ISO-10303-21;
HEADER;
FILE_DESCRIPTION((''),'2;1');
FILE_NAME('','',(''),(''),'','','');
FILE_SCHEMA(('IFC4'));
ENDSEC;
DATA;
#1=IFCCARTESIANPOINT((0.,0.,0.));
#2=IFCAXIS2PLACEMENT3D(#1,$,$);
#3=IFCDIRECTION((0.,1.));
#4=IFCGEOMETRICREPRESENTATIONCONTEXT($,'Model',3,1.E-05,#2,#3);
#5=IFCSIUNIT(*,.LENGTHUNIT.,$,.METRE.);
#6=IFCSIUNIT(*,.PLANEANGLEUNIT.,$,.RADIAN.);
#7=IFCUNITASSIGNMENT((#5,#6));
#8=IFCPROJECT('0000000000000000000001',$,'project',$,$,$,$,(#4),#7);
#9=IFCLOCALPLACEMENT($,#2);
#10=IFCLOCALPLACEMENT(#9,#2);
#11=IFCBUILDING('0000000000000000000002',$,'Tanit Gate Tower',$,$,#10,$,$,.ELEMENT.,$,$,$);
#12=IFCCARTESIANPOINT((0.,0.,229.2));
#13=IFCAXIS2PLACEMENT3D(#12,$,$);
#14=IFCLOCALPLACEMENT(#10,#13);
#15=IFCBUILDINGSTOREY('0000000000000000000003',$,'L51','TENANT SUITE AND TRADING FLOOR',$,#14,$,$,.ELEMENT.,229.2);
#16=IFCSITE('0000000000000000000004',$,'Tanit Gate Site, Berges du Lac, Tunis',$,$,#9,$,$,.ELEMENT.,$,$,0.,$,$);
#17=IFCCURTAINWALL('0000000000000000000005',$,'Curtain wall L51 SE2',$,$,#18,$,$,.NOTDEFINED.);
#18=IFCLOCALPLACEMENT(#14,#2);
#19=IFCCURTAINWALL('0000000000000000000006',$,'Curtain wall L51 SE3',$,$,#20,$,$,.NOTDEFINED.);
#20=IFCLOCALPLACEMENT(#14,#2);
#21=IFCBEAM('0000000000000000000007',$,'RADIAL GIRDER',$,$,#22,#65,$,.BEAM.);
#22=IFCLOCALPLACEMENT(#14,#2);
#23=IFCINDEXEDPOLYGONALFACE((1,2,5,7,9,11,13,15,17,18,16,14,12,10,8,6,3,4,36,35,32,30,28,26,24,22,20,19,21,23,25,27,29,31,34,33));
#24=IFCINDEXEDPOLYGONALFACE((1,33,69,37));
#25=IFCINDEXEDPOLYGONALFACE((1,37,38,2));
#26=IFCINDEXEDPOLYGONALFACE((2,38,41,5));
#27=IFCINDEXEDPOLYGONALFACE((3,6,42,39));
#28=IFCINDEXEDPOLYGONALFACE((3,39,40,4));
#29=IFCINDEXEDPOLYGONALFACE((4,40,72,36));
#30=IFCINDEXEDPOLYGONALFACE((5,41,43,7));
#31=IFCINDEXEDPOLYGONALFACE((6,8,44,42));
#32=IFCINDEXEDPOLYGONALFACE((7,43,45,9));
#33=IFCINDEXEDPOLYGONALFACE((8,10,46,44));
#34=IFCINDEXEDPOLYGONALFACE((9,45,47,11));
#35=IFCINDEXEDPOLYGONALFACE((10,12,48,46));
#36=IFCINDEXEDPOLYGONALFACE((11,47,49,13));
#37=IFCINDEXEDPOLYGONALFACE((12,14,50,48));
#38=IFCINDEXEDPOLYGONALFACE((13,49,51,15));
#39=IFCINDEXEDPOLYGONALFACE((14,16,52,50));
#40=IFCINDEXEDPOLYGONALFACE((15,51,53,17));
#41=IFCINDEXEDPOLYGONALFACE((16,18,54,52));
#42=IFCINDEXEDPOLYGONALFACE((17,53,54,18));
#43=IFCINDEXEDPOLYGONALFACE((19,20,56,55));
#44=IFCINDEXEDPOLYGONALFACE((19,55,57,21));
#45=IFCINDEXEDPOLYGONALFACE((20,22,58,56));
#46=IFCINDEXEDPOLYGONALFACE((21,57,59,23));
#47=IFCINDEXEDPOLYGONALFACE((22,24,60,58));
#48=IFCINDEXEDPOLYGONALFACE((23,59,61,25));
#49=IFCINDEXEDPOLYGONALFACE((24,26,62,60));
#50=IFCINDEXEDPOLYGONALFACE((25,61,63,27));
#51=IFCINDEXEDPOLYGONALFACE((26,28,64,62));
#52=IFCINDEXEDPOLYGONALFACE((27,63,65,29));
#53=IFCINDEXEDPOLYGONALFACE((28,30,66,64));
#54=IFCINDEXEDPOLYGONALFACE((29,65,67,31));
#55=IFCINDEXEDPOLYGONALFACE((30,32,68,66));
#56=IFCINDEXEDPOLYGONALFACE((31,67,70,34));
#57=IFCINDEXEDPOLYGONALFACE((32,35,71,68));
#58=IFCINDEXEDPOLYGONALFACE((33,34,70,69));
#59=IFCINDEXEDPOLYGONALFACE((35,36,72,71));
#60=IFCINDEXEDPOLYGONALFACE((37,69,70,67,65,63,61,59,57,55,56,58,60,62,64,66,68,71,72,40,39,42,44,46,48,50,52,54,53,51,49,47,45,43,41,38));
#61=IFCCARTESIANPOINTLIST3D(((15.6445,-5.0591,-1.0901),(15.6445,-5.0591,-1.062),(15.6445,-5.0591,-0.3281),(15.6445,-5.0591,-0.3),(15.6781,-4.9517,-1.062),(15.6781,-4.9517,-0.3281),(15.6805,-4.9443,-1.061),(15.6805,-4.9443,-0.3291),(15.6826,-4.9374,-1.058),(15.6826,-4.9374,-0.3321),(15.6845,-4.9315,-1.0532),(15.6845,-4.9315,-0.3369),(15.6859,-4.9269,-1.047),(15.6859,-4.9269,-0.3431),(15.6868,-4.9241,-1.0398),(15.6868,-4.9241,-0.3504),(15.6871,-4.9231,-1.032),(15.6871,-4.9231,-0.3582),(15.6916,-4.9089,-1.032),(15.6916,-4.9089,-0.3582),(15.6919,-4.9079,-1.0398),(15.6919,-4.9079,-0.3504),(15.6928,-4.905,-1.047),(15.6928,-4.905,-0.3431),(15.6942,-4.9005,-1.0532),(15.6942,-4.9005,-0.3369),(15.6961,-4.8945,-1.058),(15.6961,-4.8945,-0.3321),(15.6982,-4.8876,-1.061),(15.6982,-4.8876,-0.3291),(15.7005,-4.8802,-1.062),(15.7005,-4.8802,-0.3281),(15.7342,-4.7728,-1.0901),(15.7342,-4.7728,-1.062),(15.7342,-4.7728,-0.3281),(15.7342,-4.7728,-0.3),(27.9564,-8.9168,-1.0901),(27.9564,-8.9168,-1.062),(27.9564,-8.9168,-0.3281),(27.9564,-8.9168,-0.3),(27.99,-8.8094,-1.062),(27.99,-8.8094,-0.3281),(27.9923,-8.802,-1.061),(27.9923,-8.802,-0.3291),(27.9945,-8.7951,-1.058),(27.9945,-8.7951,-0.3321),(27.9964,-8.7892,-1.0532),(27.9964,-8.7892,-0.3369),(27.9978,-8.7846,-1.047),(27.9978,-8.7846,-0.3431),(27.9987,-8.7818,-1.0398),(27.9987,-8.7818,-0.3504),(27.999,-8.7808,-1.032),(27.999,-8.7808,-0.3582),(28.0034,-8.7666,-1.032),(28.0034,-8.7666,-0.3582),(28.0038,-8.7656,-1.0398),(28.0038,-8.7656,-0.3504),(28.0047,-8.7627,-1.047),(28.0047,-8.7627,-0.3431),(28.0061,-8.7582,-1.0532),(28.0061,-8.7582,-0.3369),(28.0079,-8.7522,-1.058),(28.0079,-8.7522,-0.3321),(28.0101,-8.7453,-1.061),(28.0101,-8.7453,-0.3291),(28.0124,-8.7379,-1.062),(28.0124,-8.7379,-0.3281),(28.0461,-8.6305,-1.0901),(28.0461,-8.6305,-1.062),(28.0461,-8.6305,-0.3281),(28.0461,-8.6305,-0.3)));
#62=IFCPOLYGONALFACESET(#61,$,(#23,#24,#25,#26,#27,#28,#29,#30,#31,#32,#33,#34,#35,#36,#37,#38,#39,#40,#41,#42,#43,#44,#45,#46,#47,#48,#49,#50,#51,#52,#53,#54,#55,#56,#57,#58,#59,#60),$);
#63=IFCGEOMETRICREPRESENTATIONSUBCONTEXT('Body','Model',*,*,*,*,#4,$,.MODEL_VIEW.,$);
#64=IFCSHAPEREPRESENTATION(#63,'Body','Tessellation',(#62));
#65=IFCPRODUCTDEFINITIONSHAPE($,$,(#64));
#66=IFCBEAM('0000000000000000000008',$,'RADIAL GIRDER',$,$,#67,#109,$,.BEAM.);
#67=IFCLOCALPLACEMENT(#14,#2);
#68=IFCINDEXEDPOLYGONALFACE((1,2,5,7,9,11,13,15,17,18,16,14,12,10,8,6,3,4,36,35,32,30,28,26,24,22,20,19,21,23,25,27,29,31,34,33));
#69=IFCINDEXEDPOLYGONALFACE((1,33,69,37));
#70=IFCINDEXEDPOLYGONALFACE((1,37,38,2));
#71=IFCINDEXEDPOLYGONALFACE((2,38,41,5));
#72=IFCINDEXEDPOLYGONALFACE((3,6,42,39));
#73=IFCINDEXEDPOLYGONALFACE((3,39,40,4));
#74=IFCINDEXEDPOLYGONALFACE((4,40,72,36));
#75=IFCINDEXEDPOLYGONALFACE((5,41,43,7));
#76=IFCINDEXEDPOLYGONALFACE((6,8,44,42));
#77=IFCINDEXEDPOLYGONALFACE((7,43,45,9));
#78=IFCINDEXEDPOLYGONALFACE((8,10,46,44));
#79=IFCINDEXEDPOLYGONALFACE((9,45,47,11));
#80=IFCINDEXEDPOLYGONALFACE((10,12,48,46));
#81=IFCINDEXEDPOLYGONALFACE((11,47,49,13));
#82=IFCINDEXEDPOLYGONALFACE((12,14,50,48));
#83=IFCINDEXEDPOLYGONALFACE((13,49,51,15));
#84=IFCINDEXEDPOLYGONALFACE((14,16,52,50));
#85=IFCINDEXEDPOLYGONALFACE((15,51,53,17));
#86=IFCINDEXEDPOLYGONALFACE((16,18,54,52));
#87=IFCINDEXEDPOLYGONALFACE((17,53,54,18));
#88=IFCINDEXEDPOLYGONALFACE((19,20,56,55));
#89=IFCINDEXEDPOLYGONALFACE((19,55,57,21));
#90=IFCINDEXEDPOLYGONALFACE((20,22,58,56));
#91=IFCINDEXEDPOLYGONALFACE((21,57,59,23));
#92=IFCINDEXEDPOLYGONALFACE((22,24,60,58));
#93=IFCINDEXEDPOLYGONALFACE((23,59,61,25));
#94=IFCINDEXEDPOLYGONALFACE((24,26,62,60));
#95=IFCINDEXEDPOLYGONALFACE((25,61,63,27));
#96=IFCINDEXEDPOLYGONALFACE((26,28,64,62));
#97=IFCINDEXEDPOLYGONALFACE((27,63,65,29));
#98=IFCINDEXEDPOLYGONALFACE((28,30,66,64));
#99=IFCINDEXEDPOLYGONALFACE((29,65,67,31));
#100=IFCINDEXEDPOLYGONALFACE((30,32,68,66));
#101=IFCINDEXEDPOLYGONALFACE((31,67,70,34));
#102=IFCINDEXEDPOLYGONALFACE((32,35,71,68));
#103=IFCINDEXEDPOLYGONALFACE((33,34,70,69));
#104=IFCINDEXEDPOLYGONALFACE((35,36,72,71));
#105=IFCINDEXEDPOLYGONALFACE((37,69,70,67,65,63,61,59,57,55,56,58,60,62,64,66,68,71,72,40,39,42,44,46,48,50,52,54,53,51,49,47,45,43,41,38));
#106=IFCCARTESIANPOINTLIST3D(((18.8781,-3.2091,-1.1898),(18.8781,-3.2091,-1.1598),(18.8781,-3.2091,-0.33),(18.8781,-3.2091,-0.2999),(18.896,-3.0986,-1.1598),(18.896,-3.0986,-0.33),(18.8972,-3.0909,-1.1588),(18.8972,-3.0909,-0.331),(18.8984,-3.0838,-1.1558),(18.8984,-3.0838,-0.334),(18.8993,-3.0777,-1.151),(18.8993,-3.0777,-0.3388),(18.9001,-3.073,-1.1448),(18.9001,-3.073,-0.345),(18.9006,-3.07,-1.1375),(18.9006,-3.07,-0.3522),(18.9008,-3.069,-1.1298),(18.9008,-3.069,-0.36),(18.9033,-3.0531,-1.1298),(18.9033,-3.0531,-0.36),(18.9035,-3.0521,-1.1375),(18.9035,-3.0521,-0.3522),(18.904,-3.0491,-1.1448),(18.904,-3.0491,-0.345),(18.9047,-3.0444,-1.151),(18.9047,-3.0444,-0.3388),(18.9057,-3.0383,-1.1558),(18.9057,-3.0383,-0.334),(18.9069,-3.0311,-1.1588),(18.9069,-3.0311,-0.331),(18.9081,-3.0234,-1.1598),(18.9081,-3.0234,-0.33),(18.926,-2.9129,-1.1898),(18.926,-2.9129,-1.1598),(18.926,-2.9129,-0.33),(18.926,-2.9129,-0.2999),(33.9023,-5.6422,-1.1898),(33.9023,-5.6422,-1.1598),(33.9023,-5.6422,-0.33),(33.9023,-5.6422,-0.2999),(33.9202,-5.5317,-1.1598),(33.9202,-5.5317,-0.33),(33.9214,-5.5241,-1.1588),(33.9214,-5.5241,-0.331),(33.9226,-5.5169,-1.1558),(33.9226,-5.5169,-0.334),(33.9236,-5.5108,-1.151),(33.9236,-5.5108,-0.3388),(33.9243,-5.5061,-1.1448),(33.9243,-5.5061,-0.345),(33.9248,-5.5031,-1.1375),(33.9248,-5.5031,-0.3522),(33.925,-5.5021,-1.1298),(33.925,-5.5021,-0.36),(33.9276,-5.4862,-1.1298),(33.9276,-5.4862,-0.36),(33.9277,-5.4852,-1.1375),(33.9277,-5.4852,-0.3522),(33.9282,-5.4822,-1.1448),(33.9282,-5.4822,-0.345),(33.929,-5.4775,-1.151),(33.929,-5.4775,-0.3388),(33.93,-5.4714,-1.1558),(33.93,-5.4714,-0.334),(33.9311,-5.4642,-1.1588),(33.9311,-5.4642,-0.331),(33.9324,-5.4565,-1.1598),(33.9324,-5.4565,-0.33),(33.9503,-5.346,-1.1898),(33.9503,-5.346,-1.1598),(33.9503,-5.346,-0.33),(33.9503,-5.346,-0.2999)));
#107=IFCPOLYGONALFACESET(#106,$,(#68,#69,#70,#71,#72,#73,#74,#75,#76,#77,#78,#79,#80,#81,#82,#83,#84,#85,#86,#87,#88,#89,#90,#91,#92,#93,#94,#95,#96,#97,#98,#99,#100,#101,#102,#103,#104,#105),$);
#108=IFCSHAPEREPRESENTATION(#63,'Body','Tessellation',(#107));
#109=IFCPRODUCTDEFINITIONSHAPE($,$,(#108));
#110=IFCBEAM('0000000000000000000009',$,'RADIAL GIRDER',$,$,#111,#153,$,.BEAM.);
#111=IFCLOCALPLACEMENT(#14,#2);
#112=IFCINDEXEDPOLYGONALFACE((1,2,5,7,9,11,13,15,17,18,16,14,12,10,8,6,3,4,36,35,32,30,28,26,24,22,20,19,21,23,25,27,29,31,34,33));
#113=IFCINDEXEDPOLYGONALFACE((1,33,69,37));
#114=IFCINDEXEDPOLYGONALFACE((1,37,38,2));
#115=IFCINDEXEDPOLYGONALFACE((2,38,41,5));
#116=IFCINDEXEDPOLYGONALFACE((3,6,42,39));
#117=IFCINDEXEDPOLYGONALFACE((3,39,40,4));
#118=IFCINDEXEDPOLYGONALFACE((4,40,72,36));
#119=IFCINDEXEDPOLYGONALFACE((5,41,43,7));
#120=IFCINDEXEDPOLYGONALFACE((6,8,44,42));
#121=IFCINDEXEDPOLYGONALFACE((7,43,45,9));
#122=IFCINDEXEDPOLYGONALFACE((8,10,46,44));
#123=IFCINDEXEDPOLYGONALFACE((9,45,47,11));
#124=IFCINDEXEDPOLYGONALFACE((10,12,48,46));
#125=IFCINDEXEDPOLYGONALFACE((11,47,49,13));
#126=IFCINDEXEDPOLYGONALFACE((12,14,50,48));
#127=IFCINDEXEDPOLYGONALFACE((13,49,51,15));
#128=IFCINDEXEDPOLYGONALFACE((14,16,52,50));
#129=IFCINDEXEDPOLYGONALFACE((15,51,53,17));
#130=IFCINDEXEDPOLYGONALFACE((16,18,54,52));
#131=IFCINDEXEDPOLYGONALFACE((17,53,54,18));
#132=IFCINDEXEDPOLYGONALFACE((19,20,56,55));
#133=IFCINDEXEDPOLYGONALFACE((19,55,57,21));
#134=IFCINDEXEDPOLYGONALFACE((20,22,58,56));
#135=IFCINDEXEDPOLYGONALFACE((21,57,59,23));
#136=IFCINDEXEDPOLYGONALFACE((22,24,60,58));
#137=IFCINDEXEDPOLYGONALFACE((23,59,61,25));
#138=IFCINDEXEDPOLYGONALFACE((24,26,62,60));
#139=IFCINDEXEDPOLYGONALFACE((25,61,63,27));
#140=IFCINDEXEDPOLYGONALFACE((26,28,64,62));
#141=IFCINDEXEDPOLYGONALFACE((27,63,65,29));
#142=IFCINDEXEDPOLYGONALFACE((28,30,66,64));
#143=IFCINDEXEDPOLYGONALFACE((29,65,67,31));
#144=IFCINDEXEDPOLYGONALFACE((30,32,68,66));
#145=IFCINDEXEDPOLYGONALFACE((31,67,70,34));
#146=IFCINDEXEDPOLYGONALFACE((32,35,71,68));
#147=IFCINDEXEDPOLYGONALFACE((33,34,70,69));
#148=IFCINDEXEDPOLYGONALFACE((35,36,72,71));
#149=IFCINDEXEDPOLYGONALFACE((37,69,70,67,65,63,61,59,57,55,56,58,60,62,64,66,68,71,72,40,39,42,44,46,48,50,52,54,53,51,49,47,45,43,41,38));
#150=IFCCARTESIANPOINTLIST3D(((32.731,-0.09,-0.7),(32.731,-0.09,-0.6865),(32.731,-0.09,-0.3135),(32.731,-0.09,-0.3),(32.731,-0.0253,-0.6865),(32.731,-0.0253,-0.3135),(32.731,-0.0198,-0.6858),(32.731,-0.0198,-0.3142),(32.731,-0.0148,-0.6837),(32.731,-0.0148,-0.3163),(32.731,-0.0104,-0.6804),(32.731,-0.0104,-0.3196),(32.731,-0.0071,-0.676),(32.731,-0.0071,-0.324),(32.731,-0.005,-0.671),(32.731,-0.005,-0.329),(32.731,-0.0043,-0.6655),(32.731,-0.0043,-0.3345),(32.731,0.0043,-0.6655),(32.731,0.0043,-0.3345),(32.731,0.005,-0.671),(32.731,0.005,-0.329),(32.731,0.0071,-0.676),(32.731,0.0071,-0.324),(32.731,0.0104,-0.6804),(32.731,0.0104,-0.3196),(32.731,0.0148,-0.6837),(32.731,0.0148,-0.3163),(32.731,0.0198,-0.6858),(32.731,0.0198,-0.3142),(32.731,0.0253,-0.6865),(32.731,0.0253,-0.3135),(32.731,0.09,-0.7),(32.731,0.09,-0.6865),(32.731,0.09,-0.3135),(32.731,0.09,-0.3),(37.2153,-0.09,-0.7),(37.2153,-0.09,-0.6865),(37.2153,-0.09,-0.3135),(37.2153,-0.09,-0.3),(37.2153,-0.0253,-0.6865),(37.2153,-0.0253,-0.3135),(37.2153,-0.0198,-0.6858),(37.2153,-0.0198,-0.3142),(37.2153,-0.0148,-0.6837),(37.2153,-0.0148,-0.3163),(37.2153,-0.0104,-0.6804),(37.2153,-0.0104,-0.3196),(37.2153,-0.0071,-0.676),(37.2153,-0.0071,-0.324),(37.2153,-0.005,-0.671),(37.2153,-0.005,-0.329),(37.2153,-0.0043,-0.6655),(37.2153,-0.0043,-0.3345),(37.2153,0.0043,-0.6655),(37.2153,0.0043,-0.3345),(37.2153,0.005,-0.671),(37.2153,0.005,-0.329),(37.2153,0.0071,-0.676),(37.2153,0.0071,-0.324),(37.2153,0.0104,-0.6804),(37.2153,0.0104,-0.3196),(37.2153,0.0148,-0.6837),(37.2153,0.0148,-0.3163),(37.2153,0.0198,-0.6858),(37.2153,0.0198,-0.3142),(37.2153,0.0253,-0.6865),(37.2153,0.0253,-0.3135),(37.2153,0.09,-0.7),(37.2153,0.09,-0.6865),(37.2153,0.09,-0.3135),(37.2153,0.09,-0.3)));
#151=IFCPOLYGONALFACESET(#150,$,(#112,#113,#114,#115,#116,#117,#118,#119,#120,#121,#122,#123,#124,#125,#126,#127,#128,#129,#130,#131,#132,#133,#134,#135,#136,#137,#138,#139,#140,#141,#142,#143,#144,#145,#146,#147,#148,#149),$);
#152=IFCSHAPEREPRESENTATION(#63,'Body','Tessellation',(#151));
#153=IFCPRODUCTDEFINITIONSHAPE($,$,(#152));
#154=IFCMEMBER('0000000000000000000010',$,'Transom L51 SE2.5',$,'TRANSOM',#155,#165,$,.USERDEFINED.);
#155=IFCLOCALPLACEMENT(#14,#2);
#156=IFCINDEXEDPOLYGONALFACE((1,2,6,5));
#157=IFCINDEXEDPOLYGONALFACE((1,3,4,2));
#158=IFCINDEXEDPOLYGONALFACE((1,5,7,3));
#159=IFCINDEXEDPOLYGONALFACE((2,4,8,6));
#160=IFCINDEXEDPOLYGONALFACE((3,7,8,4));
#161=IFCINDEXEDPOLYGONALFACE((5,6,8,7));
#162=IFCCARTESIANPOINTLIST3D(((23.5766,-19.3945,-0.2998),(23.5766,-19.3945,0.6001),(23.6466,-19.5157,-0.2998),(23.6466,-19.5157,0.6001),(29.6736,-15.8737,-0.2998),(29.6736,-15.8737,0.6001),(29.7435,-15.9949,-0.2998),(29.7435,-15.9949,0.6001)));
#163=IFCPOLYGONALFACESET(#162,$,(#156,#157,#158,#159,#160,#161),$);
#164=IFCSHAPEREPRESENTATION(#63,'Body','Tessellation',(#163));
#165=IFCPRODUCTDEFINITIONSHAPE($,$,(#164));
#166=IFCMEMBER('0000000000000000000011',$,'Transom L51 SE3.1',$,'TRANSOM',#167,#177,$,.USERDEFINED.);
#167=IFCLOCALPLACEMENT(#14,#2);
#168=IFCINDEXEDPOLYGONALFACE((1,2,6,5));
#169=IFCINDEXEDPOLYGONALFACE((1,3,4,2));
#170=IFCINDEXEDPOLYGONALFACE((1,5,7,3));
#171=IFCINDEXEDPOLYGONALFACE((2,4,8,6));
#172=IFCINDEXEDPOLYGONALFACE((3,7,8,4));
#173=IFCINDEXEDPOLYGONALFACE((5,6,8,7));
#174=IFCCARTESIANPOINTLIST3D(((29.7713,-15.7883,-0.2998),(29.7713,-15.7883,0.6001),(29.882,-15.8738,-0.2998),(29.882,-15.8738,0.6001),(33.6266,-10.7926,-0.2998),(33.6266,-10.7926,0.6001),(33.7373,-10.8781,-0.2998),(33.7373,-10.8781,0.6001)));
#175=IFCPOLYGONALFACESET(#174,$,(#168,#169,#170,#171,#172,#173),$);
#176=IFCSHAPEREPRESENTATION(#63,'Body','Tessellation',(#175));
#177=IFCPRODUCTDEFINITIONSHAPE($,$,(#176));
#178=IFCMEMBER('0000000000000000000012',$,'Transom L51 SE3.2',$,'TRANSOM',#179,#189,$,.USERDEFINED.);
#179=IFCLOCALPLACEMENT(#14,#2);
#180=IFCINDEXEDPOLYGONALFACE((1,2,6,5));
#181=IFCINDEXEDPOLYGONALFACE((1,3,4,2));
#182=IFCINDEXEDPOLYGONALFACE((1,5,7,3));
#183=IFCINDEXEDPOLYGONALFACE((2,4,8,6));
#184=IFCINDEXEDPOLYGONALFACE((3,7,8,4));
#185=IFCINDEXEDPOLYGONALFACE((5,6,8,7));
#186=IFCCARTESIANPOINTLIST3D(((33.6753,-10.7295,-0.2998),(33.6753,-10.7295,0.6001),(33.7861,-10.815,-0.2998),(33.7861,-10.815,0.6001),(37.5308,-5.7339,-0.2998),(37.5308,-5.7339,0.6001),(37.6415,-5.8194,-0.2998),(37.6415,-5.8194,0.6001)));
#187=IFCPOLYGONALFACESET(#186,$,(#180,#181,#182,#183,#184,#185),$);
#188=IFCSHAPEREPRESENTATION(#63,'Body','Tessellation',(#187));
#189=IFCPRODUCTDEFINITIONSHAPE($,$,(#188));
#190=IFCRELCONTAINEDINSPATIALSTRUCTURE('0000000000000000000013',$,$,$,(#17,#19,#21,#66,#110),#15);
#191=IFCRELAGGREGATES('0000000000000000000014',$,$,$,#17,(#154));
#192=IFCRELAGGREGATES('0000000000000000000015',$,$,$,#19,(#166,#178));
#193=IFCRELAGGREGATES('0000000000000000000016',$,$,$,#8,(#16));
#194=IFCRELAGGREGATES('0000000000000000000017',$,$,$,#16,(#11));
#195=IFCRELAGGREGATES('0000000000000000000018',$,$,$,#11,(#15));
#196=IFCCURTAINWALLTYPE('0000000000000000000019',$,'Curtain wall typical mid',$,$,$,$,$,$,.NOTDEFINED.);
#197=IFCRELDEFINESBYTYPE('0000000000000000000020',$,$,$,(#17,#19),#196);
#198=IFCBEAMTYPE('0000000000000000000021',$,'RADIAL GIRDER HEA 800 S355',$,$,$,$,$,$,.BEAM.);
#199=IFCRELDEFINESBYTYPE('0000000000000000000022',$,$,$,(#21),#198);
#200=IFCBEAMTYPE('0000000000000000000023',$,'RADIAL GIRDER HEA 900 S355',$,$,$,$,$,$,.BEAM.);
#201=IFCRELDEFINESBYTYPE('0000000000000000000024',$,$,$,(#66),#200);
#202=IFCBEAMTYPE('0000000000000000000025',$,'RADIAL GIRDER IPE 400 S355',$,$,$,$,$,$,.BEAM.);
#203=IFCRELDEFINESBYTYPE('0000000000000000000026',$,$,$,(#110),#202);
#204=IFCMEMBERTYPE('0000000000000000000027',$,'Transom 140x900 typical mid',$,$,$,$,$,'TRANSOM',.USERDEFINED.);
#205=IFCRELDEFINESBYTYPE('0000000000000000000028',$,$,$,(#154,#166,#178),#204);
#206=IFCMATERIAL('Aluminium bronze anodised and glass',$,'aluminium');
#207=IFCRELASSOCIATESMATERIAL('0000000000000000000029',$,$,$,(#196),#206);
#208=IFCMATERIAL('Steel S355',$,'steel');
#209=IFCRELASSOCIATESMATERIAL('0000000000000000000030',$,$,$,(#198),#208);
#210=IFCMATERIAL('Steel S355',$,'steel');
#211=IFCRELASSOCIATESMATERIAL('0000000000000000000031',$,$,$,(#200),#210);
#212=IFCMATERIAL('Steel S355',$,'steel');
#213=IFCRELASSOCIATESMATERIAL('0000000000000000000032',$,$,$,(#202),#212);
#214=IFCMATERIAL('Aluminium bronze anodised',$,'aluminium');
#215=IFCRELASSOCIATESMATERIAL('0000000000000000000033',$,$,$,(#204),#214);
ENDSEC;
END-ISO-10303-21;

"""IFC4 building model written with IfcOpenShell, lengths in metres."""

from ifc_helpers import new_model, si_unit, direction, frame, origin, origin_2d, place, context, subcontext, project, spatial, rectangle, i_section, extrude, material, material_profile, profile_set, type_object, element, aggregate, save


model = new_model("IFC4")

# Units and contexts
model_context = context("Model", 3, precision=1e-05, world=origin(), true_north=direction((0.0, 1.0)))
body_context = subcontext(model_context, "Body", "Model", "MODEL_VIEW")
ifc_project = project(units=[si_unit("LENGTHUNIT", "METRE"), si_unit("PLANEANGLEUNIT", "RADIAN")], contexts=[model_context])

# Site, building, storey
site_placement = place(None, origin())
site = spatial("IfcSite", under=ifc_project, at=site_placement, Name="Tanit Gate Site, Berges du Lac, Tunis", CompositionType="ELEMENT", RefElevation=0.0)
building_placement = place(site_placement, origin())
building = spatial("IfcBuilding", under=site, at=building_placement, Name="Tanit Gate Tower", CompositionType="ELEMENT")
storey_placement = place(building_placement, frame((0.0, 0.0, 229.2)))
storey = spatial("IfcBuildingStorey", under=building, at=storey_placement, Name="L51", Description="TENANT SUITE AND TRADING FLOOR", CompositionType="ELEMENT", Elevation=229.2)

# Curtain wall
ifc_material_1 = material(Name="Aluminium bronze anodised and glass", Category="aluminium")
curtain_wall_type = type_object("IfcCurtainWallType", Name="Curtain wall typical mid", PredefinedType="NOTDEFINED", material=ifc_material_1)
curtain_wall_1_placement = place(storey_placement, origin())
curtain_wall_1 = element("IfcCurtainWall", 1, at=curtain_wall_1_placement, inside=storey, type_object=curtain_wall_type, Name="Curtain wall L51 SE2", PredefinedType="NOTDEFINED")

# Curtain wall
curtain_wall_2_placement = place(storey_placement, origin())
curtain_wall_2 = element("IfcCurtainWall", 2, at=curtain_wall_2_placement, inside=storey, type_object=curtain_wall_type, Name="Curtain wall L51 SE3", PredefinedType="NOTDEFINED")

# Beams
ifc_material_2 = material(Name="Steel S355", Category="steel")
ifc_material_profile_1 = material_profile(ifc_material_2, i_section(OverallWidth=0.3, OverallDepth=0.79, WebThickness=0.0149, FlangeThickness=0.0281, FilletRadius=0.03, at=origin_2d()), Name="HEA 800")
ifc_profile_set_1 = profile_set([ifc_material_profile_1], Name="Steel S355")
beam_type_1 = type_object("IfcBeamType", Name="RADIAL GIRDER HEA 800 S355", PredefinedType="BEAM", material=ifc_profile_set_1)
beam_1_placement = place(storey_placement, frame((28.0012, -8.7737, -0.6951), z_axis=(-0.954254, 0.298998, 0.0), x_axis=(-0.298998, -0.954254, 0.0)))
element("IfcBeam", 3, at=beam_1_placement, inside=storey, type_object=beam_type_1, Name="RADIAL GIRDER", PredefinedType="BEAM", context=body_context, shape_type="SweptSolid", body=[
    extrude(i_section(OverallWidth=0.3, OverallDepth=0.79, WebThickness=0.0149, FlangeThickness=0.0281, FilletRadius=0.03, at=origin_2d()), origin(), (0.0, 0.0, 1.0), 12.9021),
])
ifc_material_3 = material(Name="Steel S355", Category="steel")
ifc_material_profile_2 = material_profile(ifc_material_3, i_section(OverallWidth=0.3, OverallDepth=0.8899, WebThickness=0.0161, FlangeThickness=0.03, FilletRadius=0.03, at=origin_2d()), Name="HEA 900")
ifc_profile_set_2 = profile_set([ifc_material_profile_2], Name="Steel S355")
beam_type_2 = type_object("IfcBeamType", Name="RADIAL GIRDER HEA 900 S355", PredefinedType="BEAM", material=ifc_profile_set_2)
beam_2_placement = place(storey_placement, frame((33.9263, -5.4941, -0.7449), z_axis=(-0.987139, 0.159863, 0.0), x_axis=(-0.159863, -0.987139, 0.0)))
element("IfcBeam", 4, at=beam_2_placement, inside=storey, type_object=beam_type_2, Name="RADIAL GIRDER", PredefinedType="BEAM", context=body_context, shape_type="SweptSolid", body=[
    extrude(i_section(OverallWidth=0.3, OverallDepth=0.8899, WebThickness=0.0161, FlangeThickness=0.03, FilletRadius=0.03, at=origin_2d()), origin(), (0.0, 0.0, 1.0), 15.22),
])
ifc_material_4 = material(Name="Steel S355", Category="steel")
ifc_material_profile_3 = material_profile(ifc_material_4, i_section(OverallWidth=0.1799, OverallDepth=0.3999, WebThickness=0.0085, FlangeThickness=0.0134, FilletRadius=0.021, at=origin_2d()), Name="IPE 400")
ifc_profile_set_3 = profile_set([ifc_material_profile_3], Name="Steel S355")
beam_type_3 = type_object("IfcBeamType", Name="RADIAL GIRDER IPE 400 S355", PredefinedType="BEAM", material=ifc_profile_set_3)
beam_3_placement = place(storey_placement, frame((37.2153, 0.0, -0.5), z_axis=(-1.0, 0.0, 0.0), x_axis=(0.0, -1.0, 0.0)))
element("IfcBeam", 5, at=beam_3_placement, inside=storey, type_object=beam_type_3, Name="RADIAL GIRDER", PredefinedType="BEAM", context=body_context, shape_type="SweptSolid", body=[
    extrude(i_section(OverallWidth=0.1799, OverallDepth=0.3999, WebThickness=0.0085, FlangeThickness=0.0134, FilletRadius=0.021, at=origin_2d()), origin(), (0.0, 0.0, 1.0), 4.4844),
])

# Members
ifc_material_5 = material(Name="Aluminium bronze anodised", Category="aluminium")
ifc_material_profile_4 = material_profile(ifc_material_5, rectangle(XDim=0.1399, YDim=0.8999, at=origin_2d()), Name="140x900 bronze transom")
ifc_profile_set_4 = profile_set([ifc_material_profile_4], Name="Aluminium bronze anodised")
member_type_1 = type_object("IfcMemberType", Name="Transom 140x900 typical mid", ElementType="TRANSOM", PredefinedType="USERDEFINED", material=ifc_profile_set_4)
member_1_placement = place(storey_placement, frame((23.6116, -19.4551, 0.1501), z_axis=(0.865983, 0.500074, 0.0), x_axis=(-0.500074, 0.865983, 0.0)))
member_1 = element("IfcMember", 6, at=member_1_placement, type_object=member_type_1, Name="Transom L51 SE2.5", ObjectType="TRANSOM", PredefinedType="USERDEFINED", context=body_context, shape_type="SweptSolid", body=[
    extrude(rectangle(XDim=0.1399, YDim=0.8999, at=origin_2d()), origin(), (0.0, 0.0, 1.0), 7.0405),
])
member_2_placement = place(storey_placement, frame((29.8267, -15.8311, 0.1501), z_axis=(0.61095, 0.791669, 0.0), x_axis=(-0.791669, 0.61095, 0.0)))
member_2 = element("IfcMember", 7, at=member_2_placement, type_object=member_type_1, Name="Transom L51 SE3.1", ObjectType="TRANSOM", PredefinedType="USERDEFINED", context=body_context, shape_type="SweptSolid", body=[
    extrude(rectangle(XDim=0.1399, YDim=0.8999, at=origin_2d()), origin(), (0.0, 0.0, 1.0), 6.3103),
])
member_3_placement = place(storey_placement, frame((33.7307, -10.7722, 0.1501), z_axis=(0.610974, 0.791651, 0.0), x_axis=(-0.791651, 0.610974, 0.0)))
member_3 = element("IfcMember", 8, at=member_3_placement, type_object=member_type_1, Name="Transom L51 SE3.2", ObjectType="TRANSOM", PredefinedType="USERDEFINED", context=body_context, shape_type="SweptSolid", body=[
    extrude(rectangle(XDim=0.1399, YDim=0.8999, at=origin_2d()), origin(), (0.0, 0.0, 1.0), 6.3103),
])

aggregate(curtain_wall_1, [member_1])
aggregate(curtain_wall_2, [member_2, member_3])

save(model, "model.ifc")
